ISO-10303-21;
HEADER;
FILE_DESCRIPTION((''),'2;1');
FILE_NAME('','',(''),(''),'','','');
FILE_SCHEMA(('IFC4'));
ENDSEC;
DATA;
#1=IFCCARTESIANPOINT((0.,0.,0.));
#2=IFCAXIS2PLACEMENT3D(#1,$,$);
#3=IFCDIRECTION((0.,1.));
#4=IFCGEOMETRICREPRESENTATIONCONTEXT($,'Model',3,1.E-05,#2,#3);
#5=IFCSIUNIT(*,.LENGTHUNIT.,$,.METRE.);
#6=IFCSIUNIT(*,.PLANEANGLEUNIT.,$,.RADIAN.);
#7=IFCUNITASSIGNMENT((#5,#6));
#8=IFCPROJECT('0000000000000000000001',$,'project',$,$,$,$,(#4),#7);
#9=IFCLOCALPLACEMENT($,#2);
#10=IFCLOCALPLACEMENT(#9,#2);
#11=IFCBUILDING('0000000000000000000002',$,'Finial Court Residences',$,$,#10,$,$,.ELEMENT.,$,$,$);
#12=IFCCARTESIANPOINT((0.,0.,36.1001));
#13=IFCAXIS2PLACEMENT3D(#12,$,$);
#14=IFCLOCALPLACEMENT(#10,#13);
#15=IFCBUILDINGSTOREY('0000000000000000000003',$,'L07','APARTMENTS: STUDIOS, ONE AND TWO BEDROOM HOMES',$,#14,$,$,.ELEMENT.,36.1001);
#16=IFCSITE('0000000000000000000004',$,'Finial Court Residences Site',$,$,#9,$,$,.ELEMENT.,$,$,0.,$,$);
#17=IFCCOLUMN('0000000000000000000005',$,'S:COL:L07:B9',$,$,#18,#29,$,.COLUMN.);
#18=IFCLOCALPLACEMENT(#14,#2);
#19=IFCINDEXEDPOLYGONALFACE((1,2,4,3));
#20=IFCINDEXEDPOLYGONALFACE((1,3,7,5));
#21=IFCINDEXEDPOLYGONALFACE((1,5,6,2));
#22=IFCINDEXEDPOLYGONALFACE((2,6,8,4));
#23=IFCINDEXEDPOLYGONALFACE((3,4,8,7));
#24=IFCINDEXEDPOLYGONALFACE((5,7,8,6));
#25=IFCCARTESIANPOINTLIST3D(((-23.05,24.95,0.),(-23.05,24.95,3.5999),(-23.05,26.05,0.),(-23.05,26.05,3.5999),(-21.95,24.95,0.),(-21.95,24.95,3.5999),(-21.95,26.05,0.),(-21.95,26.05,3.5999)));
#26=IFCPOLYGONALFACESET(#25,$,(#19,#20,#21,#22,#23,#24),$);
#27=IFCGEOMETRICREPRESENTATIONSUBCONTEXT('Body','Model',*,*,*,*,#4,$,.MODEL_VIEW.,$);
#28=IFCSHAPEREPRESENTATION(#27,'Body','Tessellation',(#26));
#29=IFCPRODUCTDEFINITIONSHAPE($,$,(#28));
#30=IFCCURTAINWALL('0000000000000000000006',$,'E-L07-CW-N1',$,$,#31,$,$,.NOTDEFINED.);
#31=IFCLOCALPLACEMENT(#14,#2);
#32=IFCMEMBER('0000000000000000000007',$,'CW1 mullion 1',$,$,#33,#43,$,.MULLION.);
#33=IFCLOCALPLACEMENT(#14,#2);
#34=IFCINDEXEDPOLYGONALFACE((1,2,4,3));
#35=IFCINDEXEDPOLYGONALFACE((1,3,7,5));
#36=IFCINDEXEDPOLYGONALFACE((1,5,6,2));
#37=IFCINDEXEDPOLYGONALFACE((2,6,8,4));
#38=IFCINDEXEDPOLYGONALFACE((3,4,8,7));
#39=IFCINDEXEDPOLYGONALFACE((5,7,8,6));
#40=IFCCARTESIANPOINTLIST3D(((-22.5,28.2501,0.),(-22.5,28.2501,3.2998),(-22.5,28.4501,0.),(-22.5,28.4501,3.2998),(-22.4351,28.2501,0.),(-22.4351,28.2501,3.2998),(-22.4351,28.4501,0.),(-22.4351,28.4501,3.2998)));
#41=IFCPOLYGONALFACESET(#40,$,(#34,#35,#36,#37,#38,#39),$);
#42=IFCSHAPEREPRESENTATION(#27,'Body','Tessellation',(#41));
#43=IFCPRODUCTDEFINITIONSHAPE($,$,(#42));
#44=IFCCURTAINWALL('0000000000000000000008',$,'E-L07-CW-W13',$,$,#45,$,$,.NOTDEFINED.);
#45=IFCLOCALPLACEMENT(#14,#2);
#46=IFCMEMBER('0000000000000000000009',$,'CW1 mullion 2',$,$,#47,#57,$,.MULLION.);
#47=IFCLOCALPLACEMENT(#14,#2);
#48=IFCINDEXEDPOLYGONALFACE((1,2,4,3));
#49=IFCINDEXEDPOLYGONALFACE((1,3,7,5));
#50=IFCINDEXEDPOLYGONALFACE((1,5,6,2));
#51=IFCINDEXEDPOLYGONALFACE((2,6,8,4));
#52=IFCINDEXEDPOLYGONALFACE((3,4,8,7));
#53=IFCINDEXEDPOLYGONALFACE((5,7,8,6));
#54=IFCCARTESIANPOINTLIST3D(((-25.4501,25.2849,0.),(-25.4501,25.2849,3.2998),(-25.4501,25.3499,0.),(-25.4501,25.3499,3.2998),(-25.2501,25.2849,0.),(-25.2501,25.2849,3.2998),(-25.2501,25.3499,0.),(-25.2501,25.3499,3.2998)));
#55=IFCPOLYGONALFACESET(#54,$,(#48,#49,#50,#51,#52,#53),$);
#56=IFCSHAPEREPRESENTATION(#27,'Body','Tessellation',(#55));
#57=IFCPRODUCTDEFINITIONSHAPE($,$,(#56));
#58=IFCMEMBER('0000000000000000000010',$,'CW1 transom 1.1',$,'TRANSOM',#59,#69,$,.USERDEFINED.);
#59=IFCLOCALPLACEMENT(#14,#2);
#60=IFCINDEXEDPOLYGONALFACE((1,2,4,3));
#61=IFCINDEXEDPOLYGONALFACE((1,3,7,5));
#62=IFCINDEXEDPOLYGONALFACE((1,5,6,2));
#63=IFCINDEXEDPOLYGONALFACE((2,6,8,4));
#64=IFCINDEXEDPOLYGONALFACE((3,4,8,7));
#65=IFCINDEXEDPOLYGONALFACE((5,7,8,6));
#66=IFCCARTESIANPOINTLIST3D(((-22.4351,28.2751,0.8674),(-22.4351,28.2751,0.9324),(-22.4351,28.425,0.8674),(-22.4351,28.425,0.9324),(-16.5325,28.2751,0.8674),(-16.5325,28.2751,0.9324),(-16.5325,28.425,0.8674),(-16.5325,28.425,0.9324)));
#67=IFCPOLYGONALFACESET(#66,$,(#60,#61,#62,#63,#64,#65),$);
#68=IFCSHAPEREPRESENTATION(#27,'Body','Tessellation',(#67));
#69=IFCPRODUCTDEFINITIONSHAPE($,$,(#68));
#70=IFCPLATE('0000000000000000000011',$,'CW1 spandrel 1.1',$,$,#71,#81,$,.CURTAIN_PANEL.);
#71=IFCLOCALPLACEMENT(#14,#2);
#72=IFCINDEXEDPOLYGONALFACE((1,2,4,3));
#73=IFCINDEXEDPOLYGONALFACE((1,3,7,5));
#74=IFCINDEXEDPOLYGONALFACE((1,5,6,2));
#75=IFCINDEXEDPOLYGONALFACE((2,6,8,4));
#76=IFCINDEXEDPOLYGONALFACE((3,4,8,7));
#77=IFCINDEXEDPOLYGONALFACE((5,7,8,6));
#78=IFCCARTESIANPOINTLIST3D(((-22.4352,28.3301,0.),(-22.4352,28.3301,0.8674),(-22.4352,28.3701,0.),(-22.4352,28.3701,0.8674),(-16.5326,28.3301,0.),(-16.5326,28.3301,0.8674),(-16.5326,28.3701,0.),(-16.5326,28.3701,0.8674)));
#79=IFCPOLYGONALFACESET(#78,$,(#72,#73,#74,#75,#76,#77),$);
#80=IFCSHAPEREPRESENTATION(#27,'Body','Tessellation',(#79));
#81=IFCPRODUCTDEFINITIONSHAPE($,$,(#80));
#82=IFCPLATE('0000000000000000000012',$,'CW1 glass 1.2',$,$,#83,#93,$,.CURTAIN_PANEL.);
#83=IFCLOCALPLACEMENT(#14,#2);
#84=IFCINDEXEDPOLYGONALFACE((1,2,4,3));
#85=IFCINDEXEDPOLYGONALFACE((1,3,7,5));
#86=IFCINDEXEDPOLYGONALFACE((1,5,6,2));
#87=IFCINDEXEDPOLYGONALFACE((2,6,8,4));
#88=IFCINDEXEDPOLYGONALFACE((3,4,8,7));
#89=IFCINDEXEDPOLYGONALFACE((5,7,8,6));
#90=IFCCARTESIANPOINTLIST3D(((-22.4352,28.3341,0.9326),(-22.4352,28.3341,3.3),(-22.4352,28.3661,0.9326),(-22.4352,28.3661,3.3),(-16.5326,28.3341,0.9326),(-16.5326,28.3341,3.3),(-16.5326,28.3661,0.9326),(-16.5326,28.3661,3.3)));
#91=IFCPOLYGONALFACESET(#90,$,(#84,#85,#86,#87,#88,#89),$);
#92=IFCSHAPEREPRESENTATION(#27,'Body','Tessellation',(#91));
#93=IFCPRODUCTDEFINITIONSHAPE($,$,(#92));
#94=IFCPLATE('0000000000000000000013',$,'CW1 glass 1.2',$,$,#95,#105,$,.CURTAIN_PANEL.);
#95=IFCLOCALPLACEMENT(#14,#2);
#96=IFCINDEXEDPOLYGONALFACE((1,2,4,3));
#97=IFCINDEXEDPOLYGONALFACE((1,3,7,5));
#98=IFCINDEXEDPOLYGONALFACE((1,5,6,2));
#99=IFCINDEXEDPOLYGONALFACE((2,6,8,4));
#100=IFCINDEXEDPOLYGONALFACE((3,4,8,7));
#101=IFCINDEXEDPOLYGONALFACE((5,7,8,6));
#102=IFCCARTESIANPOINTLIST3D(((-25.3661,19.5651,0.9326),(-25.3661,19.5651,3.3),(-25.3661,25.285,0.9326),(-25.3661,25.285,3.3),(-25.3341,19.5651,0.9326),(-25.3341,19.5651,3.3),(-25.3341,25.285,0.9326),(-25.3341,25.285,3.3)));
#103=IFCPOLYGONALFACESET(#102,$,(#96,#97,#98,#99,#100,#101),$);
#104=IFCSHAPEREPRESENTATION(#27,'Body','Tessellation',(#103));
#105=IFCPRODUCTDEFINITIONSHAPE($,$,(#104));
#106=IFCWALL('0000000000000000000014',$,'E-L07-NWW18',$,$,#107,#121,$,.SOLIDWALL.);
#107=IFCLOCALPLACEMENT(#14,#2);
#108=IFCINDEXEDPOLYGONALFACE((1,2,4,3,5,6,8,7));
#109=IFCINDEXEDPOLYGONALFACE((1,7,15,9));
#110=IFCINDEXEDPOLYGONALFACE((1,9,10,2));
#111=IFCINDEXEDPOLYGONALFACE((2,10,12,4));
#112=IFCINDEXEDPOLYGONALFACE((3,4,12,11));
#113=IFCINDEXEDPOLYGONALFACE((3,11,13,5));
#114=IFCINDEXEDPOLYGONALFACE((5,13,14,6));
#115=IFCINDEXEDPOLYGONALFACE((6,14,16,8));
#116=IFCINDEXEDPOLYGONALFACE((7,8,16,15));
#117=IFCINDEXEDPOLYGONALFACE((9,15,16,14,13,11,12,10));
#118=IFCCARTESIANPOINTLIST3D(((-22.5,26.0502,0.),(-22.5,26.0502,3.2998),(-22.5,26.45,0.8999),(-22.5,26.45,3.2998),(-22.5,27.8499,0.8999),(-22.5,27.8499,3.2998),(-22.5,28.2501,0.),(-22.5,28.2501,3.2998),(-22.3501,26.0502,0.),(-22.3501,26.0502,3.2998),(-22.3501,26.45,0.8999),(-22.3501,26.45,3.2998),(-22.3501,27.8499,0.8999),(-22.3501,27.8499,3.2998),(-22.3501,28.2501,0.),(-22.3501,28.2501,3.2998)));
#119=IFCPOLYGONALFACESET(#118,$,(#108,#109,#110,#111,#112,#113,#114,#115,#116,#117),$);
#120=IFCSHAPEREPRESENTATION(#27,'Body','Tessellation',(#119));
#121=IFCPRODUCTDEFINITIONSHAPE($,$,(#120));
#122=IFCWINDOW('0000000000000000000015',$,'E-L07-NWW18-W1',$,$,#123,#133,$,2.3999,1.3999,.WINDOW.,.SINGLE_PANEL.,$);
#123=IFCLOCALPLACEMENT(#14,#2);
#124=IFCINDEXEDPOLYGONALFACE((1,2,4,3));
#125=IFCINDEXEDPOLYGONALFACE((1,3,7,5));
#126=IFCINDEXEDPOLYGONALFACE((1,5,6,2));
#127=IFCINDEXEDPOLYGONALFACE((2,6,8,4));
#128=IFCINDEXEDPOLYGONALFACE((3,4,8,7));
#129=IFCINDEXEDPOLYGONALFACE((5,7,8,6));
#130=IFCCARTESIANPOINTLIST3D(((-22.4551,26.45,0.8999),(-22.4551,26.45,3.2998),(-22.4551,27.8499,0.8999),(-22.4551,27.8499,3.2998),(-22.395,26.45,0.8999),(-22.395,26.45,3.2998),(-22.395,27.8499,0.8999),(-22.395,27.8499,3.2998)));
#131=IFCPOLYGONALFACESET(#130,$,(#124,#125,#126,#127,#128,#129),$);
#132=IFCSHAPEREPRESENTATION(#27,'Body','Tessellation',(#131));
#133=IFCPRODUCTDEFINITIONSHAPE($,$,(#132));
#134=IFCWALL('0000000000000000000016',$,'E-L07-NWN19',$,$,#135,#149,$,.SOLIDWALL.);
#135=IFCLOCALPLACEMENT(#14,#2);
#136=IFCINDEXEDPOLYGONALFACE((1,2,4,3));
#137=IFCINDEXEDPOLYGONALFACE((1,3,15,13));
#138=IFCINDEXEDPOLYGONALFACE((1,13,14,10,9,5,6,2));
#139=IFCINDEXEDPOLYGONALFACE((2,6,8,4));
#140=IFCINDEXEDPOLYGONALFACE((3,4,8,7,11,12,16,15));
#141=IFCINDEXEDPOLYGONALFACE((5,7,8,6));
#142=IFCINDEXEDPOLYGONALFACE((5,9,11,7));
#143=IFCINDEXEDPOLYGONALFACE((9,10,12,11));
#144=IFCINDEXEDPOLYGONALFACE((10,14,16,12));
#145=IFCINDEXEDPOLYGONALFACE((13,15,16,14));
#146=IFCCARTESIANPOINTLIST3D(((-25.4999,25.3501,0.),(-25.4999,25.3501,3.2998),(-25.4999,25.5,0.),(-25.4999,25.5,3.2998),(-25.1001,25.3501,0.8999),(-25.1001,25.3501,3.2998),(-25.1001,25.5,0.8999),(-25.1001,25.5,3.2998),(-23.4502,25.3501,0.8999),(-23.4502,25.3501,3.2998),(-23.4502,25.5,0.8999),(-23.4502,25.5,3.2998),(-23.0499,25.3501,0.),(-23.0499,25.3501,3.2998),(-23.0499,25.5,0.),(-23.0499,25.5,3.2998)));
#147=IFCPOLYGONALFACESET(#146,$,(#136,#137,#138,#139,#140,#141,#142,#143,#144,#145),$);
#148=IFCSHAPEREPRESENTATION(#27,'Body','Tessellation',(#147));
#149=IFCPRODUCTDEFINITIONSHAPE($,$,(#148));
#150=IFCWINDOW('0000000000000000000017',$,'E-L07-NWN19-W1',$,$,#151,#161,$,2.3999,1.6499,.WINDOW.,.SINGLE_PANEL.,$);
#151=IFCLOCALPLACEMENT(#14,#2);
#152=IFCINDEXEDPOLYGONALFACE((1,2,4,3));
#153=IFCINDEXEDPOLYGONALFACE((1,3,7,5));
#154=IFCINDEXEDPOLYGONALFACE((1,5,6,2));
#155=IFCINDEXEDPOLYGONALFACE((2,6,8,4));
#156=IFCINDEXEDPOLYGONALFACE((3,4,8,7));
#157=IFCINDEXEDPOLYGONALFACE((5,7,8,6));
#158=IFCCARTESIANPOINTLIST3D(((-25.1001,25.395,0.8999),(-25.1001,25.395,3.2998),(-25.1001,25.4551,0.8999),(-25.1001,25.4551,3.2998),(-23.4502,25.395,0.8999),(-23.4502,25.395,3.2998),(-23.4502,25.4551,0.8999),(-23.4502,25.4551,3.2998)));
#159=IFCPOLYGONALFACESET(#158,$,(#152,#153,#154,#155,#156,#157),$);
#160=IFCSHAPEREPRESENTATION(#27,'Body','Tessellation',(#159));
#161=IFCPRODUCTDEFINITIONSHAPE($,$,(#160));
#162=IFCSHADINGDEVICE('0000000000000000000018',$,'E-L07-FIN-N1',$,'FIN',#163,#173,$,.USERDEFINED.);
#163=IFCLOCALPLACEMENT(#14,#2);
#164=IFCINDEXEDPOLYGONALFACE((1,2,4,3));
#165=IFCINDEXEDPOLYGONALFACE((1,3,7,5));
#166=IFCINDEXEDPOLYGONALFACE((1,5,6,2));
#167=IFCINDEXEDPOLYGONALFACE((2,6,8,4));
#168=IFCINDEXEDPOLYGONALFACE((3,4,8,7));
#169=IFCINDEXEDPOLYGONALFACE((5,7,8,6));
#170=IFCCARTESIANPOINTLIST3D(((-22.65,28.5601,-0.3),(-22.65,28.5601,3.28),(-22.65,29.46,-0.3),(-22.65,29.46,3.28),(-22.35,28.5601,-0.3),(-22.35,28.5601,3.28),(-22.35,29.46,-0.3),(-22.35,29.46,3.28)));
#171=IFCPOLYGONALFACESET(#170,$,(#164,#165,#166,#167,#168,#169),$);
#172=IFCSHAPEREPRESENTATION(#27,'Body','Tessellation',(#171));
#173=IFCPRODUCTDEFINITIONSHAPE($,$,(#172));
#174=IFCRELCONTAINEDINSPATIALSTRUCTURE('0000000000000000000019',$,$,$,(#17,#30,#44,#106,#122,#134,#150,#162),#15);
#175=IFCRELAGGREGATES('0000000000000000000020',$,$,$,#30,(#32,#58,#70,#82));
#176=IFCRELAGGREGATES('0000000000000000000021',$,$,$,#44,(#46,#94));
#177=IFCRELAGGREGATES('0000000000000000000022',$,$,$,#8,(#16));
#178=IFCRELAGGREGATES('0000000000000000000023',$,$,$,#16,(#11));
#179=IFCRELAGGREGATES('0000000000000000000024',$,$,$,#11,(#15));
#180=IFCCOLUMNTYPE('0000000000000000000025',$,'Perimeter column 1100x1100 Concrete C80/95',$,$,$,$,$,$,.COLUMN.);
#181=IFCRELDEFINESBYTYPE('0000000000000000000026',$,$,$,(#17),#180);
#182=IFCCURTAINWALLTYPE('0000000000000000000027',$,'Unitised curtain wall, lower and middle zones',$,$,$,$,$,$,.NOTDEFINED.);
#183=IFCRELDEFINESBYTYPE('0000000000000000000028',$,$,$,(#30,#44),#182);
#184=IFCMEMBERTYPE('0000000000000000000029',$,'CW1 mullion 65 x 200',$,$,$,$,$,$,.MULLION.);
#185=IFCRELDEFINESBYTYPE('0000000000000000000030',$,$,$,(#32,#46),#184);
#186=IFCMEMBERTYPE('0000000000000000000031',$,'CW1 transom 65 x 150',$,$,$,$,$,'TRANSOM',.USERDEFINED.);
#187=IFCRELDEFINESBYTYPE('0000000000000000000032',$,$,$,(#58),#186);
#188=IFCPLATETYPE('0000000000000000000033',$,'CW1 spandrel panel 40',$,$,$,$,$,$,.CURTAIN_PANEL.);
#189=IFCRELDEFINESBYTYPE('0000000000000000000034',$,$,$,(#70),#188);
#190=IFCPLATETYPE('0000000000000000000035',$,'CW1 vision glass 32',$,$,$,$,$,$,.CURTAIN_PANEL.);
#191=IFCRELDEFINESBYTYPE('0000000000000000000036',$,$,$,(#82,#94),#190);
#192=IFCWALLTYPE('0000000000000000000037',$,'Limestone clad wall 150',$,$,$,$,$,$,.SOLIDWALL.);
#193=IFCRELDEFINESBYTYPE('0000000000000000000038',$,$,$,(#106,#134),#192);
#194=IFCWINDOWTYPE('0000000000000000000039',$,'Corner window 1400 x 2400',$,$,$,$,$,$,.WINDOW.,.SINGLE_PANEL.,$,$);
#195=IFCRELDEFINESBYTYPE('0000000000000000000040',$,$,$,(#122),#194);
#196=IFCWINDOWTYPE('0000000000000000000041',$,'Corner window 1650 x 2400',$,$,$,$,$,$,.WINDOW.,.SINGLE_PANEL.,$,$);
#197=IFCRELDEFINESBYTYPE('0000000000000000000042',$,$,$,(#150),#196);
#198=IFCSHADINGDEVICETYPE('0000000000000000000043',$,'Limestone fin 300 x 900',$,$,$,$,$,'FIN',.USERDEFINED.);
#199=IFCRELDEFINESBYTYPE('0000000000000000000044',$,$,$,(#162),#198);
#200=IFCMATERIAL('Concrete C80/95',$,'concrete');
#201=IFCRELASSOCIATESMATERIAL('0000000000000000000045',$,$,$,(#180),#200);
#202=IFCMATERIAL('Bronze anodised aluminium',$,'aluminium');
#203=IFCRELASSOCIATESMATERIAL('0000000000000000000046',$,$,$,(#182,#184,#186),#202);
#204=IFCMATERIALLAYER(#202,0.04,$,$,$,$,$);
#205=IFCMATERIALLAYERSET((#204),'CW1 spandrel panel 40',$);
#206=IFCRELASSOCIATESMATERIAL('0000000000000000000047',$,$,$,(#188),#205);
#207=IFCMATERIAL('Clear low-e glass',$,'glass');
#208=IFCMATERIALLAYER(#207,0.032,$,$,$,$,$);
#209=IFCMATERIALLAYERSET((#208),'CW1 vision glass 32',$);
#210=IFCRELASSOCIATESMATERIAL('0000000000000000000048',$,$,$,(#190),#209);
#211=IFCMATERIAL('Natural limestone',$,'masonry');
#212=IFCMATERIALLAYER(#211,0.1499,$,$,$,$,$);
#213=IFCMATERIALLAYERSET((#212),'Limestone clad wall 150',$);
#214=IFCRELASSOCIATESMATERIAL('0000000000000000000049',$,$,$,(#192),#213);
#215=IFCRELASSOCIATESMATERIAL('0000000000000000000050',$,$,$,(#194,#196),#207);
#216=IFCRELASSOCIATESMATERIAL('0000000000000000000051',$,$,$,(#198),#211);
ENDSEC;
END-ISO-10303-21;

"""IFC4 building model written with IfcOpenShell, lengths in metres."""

from ifc_helpers import new_model, si_unit, direction, frame, frame_2d, origin, origin_2d, place, context, subcontext, project, spatial, rectangle, extrude, material, layer, layer_set, material_profile, profile_set, type_object, element, fill, aggregate, save


model = new_model("IFC4")

# Units and contexts
model_context = context("Model", 3, precision=1e-05, world=origin(), true_north=direction((0.0, 1.0)))
body_context = subcontext(model_context, "Body", "Model", "MODEL_VIEW")
ifc_project = project(units=[si_unit("LENGTHUNIT", "METRE"), si_unit("PLANEANGLEUNIT", "RADIAN")], contexts=[model_context])

# Site, building, storey
site_placement = place(None, origin())
site = spatial("IfcSite", under=ifc_project, at=site_placement, Name="Finial Court Residences Site", CompositionType="ELEMENT", RefElevation=0.0)
building_placement = place(site_placement, origin())
building = spatial("IfcBuilding", under=site, at=building_placement, Name="Finial Court Residences", CompositionType="ELEMENT")
storey_placement = place(building_placement, frame((0.0, 0.0, 36.1001)))
storey = spatial("IfcBuildingStorey", under=building, at=storey_placement, Name="L07", Description="APARTMENTS: STUDIOS, ONE AND TWO BEDROOM HOMES", CompositionType="ELEMENT", Elevation=36.1001)

# Column
ifc_material_1 = material(Name="Concrete C80/95", Category="concrete")
ifc_material_profile_1 = material_profile(ifc_material_1, rectangle(XDim=1.1001, YDim=1.1001, at=origin_2d()), Name="1100x1100")
ifc_profile_set_1 = profile_set([ifc_material_profile_1], Name="Concrete C80/95")
column_type = type_object("IfcColumnType", Name="Perimeter column 1100x1100 Concrete C80/95", PredefinedType="COLUMN", material=ifc_profile_set_1)
column_placement = place(storey_placement, frame((-22.5, 25.5, 0.0), z_axis=(0.0, 0.0, 1.0), x_axis=(1.0, 0.0, 0.0)))
element("IfcColumn", 1, at=column_placement, inside=storey, type_object=column_type, Name="S:COL:L07:B9", PredefinedType="COLUMN", context=body_context, shape_type="SweptSolid", body=[
    extrude(rectangle(XDim=1.1001, YDim=1.1001, at=origin_2d()), origin(), (0.0, 0.0, 1.0), 3.5999),
])

# Curtain walls, members
ifc_material_2 = material(Name="Bronze anodised aluminium", Category="aluminium")
curtain_wall_type = type_object("IfcCurtainWallType", Name="Unitised curtain wall, lower and middle zones", PredefinedType="NOTDEFINED", material=ifc_material_2)
curtain_wall_1_placement = place(storey_placement, origin())
curtain_wall_1 = element("IfcCurtainWall", 2, at=curtain_wall_1_placement, inside=storey, type_object=curtain_wall_type, Name="E-L07-CW-N1", PredefinedType="NOTDEFINED")
ifc_material_profile_2 = material_profile(ifc_material_2, rectangle(XDim=0.2, YDim=0.0649, at=origin_2d()), Name="CW1 mullion 65 x 200")
ifc_profile_set_2 = profile_set([ifc_material_profile_2], Name="Bronze anodised aluminium")
member_type_1 = type_object("IfcMemberType", Name="CW1 mullion 65 x 200", PredefinedType="MULLION", material=ifc_profile_set_2)
member_1_placement = place(storey_placement, frame((-22.4675, 28.3501, 0.0), z_axis=(0.0, 0.0, 1.0), x_axis=(0.0, 1.0, 0.0)))
member_1 = element("IfcMember", 3, at=member_1_placement, type_object=member_type_1, Name="CW1 mullion 1", PredefinedType="MULLION", context=body_context, shape_type="SweptSolid", body=[
    extrude(rectangle(XDim=0.2, YDim=0.0649, at=origin_2d()), origin(), (0.0, 0.0, 1.0), 3.2998),
])
curtain_wall_2_placement = place(storey_placement, origin())
curtain_wall_2 = element("IfcCurtainWall", 4, at=curtain_wall_2_placement, inside=storey, type_object=curtain_wall_type, Name="E-L07-CW-W13", PredefinedType="NOTDEFINED")
member_2_placement = place(storey_placement, frame((-25.3501, 25.3174, 0.0), z_axis=(0.0, 0.0, 1.0), x_axis=(-1.0, 0.0, 0.0)))
member_2 = element("IfcMember", 5, at=member_2_placement, type_object=member_type_1, Name="CW1 mullion 2", PredefinedType="MULLION", context=body_context, shape_type="SweptSolid", body=[
    extrude(rectangle(XDim=0.2, YDim=0.0649, at=origin_2d()), origin(), (0.0, 0.0, 1.0), 3.2998),
])

# Member
ifc_material_profile_3 = material_profile(ifc_material_2, rectangle(XDim=0.1499, YDim=0.0649, at=origin_2d()), Name="CW1 transom 65 x 150")
ifc_profile_set_3 = profile_set([ifc_material_profile_3], Name="Bronze anodised aluminium")
member_type_2 = type_object("IfcMemberType", Name="CW1 transom 65 x 150", ElementType="TRANSOM", PredefinedType="USERDEFINED", material=ifc_profile_set_3)
member_3_placement = place(storey_placement, frame((-22.4351, 28.3501, 0.8999), z_axis=(1.0, 0.0, 0.0), x_axis=(0.0, 1.0, 0.0)))
member_3 = element("IfcMember", 6, at=member_3_placement, type_object=member_type_2, Name="CW1 transom 1.1", ObjectType="TRANSOM", PredefinedType="USERDEFINED", context=body_context, shape_type="SweptSolid", body=[
    extrude(rectangle(XDim=0.1499, YDim=0.0649, at=origin_2d()), origin(), (0.0, 0.0, 1.0), 5.9026),
])

# Plates
ifc_layer_1 = layer(ifc_material_2, 0.04)
ifc_layer_set_1 = layer_set([ifc_layer_1], Name="CW1 spandrel panel 40")
plate_type_1 = type_object("IfcPlateType", Name="CW1 spandrel panel 40", PredefinedType="CURTAIN_PANEL", material=ifc_layer_set_1)
plate_1_placement = place(storey_placement, frame((-19.4839, 28.3501, 0.0), z_axis=(0.0, 0.0, 1.0), x_axis=(1.0, 0.0, 0.0)))
plate_1 = element("IfcPlate", 7, at=plate_1_placement, type_object=plate_type_1, Name="CW1 spandrel 1.1", PredefinedType="CURTAIN_PANEL", context=body_context, shape_type="SweptSolid", body=[
    extrude(rectangle(XDim=5.9026, YDim=0.04, at=origin_2d()), origin(), (0.0, 0.0, 1.0), 0.8674),
])
ifc_material_3 = material(Name="Clear low-e glass", Category="glass")
ifc_layer_2 = layer(ifc_material_3, 0.032)
ifc_layer_set_2 = layer_set([ifc_layer_2], Name="CW1 vision glass 32")
plate_type_2 = type_object("IfcPlateType", Name="CW1 vision glass 32", PredefinedType="CURTAIN_PANEL", material=ifc_layer_set_2)
plate_2_placement = place(storey_placement, frame((-19.4839, 28.3501, 0.9326), z_axis=(0.0, 0.0, 1.0), x_axis=(1.0, 0.0, 0.0)))
plate_2 = element("IfcPlate", 8, at=plate_2_placement, type_object=plate_type_2, Name="CW1 glass 1.2", PredefinedType="CURTAIN_PANEL", context=body_context, shape_type="SweptSolid", body=[
    extrude(rectangle(XDim=5.9026, YDim=0.032, at=origin_2d()), origin(), (0.0, 0.0, 1.0), 2.3674),
])
aggregate(curtain_wall_1, [member_1, member_3, plate_1, plate_2])
plate_3_placement = place(storey_placement, frame((-25.3501, 22.425, 0.9326), z_axis=(0.0, 0.0, 1.0), x_axis=(0.0, 1.0, 0.0)))
plate_3 = element("IfcPlate", 9, at=plate_3_placement, type_object=plate_type_2, Name="CW1 glass 1.2", PredefinedType="CURTAIN_PANEL", context=body_context, shape_type="SweptSolid", body=[
    extrude(rectangle(XDim=5.72, YDim=0.032, at=origin_2d()), origin(), (0.0, 0.0, 1.0), 2.3674),
])
aggregate(curtain_wall_2, [member_2, plate_3])

# Walls, openings, windows
ifc_material_4 = material(Name="Natural limestone", Category="masonry")
ifc_layer_3 = layer(ifc_material_4, 0.1499)
ifc_layer_set_3 = layer_set([ifc_layer_3], Name="Limestone clad wall 150")
wall_type = type_object("IfcWallType", Name="Limestone clad wall 150", PredefinedType="SOLIDWALL", material=ifc_layer_set_3)
wall_1_placement = place(storey_placement, frame((-22.425, 26.05, 0.0), z_axis=(0.0, 0.0, 1.0), x_axis=(0.0, 1.0, 0.0)))
wall_1 = element("IfcWall", 10, at=wall_1_placement, inside=storey, type_object=wall_type, Name="E-L07-NWW18", PredefinedType="SOLIDWALL", context=body_context, shape_type="SweptSolid", body=[
    extrude(rectangle(XDim=2.2, YDim=0.1499, at=frame_2d((1.1001, 0.0))), origin(), (0.0, 0.0, 1.0), 3.2998),
])
opening_1_placement = place(wall_1_placement, frame((0.3999, 0.0, 0.8999)))
opening_1 = element("IfcOpeningElement", 11, at=opening_1_placement, cuts=wall_1, PredefinedType="OPENING", context=body_context, shape_type="SweptSolid", body=[
    extrude(rectangle(XDim=1.3999, YDim=2.3999, at=frame_2d((0.7, 1.2))), frame((0.0, 0.085, 0.0), z_axis=(0.0, -1.0, 0.0), x_axis=(1.0, 0.0, 0.0)), (0.0, 0.0, 1.0), 0.1699),
])
window_type_1 = type_object("IfcWindowType", Name="Corner window 1400 x 2400", PartitioningType="SINGLE_PANEL", PredefinedType="WINDOW", material=ifc_material_3)
window_1_placement = place(opening_1_placement, origin())
window_1 = element("IfcWindow", 12, at=window_1_placement, inside=storey, type_object=window_type_1, Name="E-L07-NWW18-W1", OverallHeight=2.3999, OverallWidth=1.3999, PartitioningType="SINGLE_PANEL", PredefinedType="WINDOW", context=body_context, shape_type="SweptSolid", body=[
    extrude(rectangle(XDim=1.3999, YDim=2.3999, at=frame_2d((0.7, 1.2))), frame((0.0, 0.03, 0.0), z_axis=(0.0, -1.0, 0.0), x_axis=(1.0, 0.0, 0.0)), (0.0, 0.0, 1.0), 0.0601),
])
fill(opening_1, window_1)
wall_2_placement = place(storey_placement, frame((-25.5, 25.425, 0.0), z_axis=(0.0, 0.0, 1.0), x_axis=(1.0, 0.0, 0.0)))
wall_2 = element("IfcWall", 13, at=wall_2_placement, inside=storey, type_object=wall_type, Name="E-L07-NWN19", PredefinedType="SOLIDWALL", context=body_context, shape_type="SweptSolid", body=[
    extrude(rectangle(XDim=2.45, YDim=0.1499, at=frame_2d((1.2251, 0.0))), origin(), (0.0, 0.0, 1.0), 3.2998),
])
opening_2_placement = place(wall_2_placement, frame((0.3999, 0.0, 0.8999)))
opening_2 = element("IfcOpeningElement", 14, at=opening_2_placement, cuts=wall_2, PredefinedType="OPENING", context=body_context, shape_type="SweptSolid", body=[
    extrude(rectangle(XDim=1.6499, YDim=2.3999, at=frame_2d((0.825, 1.2))), frame((0.0, 0.085, 0.0), z_axis=(0.0, -1.0, 0.0), x_axis=(1.0, 0.0, 0.0)), (0.0, 0.0, 1.0), 0.1699),
])
window_type_2 = type_object("IfcWindowType", Name="Corner window 1650 x 2400", PartitioningType="SINGLE_PANEL", PredefinedType="WINDOW", material=ifc_material_3)
window_2_placement = place(opening_2_placement, origin())
window_2 = element("IfcWindow", 15, at=window_2_placement, inside=storey, type_object=window_type_2, Name="E-L07-NWN19-W1", OverallHeight=2.3999, OverallWidth=1.6499, PartitioningType="SINGLE_PANEL", PredefinedType="WINDOW", context=body_context, shape_type="SweptSolid", body=[
    extrude(rectangle(XDim=1.6499, YDim=2.3999, at=frame_2d((0.825, 1.2))), frame((0.0, 0.03, 0.0), z_axis=(0.0, -1.0, 0.0), x_axis=(1.0, 0.0, 0.0)), (0.0, 0.0, 1.0), 0.0601),
])
fill(opening_2, window_2)

# Shading device
shading_device_type = type_object("IfcShadingDeviceType", Name="Limestone fin 300 x 900", ElementType="FIN", PredefinedType="USERDEFINED", material=ifc_material_4)
shading_device_1_placement = place(storey_placement, frame((-22.5, 29.01, -0.3), z_axis=(0.0, 0.0, 1.0), x_axis=(1.0, 0.0, 0.0)))
element("IfcShadingDevice", 16, at=shading_device_1_placement, inside=storey, type_object=shading_device_type, Name="E-L07-FIN-N1", ObjectType="FIN", PredefinedType="USERDEFINED", context=body_context, shape_type="SweptSolid", body=[
    extrude(rectangle(XDim=0.3, YDim=0.8999, at=origin_2d()), origin(), (0.0, 0.0, 1.0), 3.5801),
])

save(model, "model.ifc")
